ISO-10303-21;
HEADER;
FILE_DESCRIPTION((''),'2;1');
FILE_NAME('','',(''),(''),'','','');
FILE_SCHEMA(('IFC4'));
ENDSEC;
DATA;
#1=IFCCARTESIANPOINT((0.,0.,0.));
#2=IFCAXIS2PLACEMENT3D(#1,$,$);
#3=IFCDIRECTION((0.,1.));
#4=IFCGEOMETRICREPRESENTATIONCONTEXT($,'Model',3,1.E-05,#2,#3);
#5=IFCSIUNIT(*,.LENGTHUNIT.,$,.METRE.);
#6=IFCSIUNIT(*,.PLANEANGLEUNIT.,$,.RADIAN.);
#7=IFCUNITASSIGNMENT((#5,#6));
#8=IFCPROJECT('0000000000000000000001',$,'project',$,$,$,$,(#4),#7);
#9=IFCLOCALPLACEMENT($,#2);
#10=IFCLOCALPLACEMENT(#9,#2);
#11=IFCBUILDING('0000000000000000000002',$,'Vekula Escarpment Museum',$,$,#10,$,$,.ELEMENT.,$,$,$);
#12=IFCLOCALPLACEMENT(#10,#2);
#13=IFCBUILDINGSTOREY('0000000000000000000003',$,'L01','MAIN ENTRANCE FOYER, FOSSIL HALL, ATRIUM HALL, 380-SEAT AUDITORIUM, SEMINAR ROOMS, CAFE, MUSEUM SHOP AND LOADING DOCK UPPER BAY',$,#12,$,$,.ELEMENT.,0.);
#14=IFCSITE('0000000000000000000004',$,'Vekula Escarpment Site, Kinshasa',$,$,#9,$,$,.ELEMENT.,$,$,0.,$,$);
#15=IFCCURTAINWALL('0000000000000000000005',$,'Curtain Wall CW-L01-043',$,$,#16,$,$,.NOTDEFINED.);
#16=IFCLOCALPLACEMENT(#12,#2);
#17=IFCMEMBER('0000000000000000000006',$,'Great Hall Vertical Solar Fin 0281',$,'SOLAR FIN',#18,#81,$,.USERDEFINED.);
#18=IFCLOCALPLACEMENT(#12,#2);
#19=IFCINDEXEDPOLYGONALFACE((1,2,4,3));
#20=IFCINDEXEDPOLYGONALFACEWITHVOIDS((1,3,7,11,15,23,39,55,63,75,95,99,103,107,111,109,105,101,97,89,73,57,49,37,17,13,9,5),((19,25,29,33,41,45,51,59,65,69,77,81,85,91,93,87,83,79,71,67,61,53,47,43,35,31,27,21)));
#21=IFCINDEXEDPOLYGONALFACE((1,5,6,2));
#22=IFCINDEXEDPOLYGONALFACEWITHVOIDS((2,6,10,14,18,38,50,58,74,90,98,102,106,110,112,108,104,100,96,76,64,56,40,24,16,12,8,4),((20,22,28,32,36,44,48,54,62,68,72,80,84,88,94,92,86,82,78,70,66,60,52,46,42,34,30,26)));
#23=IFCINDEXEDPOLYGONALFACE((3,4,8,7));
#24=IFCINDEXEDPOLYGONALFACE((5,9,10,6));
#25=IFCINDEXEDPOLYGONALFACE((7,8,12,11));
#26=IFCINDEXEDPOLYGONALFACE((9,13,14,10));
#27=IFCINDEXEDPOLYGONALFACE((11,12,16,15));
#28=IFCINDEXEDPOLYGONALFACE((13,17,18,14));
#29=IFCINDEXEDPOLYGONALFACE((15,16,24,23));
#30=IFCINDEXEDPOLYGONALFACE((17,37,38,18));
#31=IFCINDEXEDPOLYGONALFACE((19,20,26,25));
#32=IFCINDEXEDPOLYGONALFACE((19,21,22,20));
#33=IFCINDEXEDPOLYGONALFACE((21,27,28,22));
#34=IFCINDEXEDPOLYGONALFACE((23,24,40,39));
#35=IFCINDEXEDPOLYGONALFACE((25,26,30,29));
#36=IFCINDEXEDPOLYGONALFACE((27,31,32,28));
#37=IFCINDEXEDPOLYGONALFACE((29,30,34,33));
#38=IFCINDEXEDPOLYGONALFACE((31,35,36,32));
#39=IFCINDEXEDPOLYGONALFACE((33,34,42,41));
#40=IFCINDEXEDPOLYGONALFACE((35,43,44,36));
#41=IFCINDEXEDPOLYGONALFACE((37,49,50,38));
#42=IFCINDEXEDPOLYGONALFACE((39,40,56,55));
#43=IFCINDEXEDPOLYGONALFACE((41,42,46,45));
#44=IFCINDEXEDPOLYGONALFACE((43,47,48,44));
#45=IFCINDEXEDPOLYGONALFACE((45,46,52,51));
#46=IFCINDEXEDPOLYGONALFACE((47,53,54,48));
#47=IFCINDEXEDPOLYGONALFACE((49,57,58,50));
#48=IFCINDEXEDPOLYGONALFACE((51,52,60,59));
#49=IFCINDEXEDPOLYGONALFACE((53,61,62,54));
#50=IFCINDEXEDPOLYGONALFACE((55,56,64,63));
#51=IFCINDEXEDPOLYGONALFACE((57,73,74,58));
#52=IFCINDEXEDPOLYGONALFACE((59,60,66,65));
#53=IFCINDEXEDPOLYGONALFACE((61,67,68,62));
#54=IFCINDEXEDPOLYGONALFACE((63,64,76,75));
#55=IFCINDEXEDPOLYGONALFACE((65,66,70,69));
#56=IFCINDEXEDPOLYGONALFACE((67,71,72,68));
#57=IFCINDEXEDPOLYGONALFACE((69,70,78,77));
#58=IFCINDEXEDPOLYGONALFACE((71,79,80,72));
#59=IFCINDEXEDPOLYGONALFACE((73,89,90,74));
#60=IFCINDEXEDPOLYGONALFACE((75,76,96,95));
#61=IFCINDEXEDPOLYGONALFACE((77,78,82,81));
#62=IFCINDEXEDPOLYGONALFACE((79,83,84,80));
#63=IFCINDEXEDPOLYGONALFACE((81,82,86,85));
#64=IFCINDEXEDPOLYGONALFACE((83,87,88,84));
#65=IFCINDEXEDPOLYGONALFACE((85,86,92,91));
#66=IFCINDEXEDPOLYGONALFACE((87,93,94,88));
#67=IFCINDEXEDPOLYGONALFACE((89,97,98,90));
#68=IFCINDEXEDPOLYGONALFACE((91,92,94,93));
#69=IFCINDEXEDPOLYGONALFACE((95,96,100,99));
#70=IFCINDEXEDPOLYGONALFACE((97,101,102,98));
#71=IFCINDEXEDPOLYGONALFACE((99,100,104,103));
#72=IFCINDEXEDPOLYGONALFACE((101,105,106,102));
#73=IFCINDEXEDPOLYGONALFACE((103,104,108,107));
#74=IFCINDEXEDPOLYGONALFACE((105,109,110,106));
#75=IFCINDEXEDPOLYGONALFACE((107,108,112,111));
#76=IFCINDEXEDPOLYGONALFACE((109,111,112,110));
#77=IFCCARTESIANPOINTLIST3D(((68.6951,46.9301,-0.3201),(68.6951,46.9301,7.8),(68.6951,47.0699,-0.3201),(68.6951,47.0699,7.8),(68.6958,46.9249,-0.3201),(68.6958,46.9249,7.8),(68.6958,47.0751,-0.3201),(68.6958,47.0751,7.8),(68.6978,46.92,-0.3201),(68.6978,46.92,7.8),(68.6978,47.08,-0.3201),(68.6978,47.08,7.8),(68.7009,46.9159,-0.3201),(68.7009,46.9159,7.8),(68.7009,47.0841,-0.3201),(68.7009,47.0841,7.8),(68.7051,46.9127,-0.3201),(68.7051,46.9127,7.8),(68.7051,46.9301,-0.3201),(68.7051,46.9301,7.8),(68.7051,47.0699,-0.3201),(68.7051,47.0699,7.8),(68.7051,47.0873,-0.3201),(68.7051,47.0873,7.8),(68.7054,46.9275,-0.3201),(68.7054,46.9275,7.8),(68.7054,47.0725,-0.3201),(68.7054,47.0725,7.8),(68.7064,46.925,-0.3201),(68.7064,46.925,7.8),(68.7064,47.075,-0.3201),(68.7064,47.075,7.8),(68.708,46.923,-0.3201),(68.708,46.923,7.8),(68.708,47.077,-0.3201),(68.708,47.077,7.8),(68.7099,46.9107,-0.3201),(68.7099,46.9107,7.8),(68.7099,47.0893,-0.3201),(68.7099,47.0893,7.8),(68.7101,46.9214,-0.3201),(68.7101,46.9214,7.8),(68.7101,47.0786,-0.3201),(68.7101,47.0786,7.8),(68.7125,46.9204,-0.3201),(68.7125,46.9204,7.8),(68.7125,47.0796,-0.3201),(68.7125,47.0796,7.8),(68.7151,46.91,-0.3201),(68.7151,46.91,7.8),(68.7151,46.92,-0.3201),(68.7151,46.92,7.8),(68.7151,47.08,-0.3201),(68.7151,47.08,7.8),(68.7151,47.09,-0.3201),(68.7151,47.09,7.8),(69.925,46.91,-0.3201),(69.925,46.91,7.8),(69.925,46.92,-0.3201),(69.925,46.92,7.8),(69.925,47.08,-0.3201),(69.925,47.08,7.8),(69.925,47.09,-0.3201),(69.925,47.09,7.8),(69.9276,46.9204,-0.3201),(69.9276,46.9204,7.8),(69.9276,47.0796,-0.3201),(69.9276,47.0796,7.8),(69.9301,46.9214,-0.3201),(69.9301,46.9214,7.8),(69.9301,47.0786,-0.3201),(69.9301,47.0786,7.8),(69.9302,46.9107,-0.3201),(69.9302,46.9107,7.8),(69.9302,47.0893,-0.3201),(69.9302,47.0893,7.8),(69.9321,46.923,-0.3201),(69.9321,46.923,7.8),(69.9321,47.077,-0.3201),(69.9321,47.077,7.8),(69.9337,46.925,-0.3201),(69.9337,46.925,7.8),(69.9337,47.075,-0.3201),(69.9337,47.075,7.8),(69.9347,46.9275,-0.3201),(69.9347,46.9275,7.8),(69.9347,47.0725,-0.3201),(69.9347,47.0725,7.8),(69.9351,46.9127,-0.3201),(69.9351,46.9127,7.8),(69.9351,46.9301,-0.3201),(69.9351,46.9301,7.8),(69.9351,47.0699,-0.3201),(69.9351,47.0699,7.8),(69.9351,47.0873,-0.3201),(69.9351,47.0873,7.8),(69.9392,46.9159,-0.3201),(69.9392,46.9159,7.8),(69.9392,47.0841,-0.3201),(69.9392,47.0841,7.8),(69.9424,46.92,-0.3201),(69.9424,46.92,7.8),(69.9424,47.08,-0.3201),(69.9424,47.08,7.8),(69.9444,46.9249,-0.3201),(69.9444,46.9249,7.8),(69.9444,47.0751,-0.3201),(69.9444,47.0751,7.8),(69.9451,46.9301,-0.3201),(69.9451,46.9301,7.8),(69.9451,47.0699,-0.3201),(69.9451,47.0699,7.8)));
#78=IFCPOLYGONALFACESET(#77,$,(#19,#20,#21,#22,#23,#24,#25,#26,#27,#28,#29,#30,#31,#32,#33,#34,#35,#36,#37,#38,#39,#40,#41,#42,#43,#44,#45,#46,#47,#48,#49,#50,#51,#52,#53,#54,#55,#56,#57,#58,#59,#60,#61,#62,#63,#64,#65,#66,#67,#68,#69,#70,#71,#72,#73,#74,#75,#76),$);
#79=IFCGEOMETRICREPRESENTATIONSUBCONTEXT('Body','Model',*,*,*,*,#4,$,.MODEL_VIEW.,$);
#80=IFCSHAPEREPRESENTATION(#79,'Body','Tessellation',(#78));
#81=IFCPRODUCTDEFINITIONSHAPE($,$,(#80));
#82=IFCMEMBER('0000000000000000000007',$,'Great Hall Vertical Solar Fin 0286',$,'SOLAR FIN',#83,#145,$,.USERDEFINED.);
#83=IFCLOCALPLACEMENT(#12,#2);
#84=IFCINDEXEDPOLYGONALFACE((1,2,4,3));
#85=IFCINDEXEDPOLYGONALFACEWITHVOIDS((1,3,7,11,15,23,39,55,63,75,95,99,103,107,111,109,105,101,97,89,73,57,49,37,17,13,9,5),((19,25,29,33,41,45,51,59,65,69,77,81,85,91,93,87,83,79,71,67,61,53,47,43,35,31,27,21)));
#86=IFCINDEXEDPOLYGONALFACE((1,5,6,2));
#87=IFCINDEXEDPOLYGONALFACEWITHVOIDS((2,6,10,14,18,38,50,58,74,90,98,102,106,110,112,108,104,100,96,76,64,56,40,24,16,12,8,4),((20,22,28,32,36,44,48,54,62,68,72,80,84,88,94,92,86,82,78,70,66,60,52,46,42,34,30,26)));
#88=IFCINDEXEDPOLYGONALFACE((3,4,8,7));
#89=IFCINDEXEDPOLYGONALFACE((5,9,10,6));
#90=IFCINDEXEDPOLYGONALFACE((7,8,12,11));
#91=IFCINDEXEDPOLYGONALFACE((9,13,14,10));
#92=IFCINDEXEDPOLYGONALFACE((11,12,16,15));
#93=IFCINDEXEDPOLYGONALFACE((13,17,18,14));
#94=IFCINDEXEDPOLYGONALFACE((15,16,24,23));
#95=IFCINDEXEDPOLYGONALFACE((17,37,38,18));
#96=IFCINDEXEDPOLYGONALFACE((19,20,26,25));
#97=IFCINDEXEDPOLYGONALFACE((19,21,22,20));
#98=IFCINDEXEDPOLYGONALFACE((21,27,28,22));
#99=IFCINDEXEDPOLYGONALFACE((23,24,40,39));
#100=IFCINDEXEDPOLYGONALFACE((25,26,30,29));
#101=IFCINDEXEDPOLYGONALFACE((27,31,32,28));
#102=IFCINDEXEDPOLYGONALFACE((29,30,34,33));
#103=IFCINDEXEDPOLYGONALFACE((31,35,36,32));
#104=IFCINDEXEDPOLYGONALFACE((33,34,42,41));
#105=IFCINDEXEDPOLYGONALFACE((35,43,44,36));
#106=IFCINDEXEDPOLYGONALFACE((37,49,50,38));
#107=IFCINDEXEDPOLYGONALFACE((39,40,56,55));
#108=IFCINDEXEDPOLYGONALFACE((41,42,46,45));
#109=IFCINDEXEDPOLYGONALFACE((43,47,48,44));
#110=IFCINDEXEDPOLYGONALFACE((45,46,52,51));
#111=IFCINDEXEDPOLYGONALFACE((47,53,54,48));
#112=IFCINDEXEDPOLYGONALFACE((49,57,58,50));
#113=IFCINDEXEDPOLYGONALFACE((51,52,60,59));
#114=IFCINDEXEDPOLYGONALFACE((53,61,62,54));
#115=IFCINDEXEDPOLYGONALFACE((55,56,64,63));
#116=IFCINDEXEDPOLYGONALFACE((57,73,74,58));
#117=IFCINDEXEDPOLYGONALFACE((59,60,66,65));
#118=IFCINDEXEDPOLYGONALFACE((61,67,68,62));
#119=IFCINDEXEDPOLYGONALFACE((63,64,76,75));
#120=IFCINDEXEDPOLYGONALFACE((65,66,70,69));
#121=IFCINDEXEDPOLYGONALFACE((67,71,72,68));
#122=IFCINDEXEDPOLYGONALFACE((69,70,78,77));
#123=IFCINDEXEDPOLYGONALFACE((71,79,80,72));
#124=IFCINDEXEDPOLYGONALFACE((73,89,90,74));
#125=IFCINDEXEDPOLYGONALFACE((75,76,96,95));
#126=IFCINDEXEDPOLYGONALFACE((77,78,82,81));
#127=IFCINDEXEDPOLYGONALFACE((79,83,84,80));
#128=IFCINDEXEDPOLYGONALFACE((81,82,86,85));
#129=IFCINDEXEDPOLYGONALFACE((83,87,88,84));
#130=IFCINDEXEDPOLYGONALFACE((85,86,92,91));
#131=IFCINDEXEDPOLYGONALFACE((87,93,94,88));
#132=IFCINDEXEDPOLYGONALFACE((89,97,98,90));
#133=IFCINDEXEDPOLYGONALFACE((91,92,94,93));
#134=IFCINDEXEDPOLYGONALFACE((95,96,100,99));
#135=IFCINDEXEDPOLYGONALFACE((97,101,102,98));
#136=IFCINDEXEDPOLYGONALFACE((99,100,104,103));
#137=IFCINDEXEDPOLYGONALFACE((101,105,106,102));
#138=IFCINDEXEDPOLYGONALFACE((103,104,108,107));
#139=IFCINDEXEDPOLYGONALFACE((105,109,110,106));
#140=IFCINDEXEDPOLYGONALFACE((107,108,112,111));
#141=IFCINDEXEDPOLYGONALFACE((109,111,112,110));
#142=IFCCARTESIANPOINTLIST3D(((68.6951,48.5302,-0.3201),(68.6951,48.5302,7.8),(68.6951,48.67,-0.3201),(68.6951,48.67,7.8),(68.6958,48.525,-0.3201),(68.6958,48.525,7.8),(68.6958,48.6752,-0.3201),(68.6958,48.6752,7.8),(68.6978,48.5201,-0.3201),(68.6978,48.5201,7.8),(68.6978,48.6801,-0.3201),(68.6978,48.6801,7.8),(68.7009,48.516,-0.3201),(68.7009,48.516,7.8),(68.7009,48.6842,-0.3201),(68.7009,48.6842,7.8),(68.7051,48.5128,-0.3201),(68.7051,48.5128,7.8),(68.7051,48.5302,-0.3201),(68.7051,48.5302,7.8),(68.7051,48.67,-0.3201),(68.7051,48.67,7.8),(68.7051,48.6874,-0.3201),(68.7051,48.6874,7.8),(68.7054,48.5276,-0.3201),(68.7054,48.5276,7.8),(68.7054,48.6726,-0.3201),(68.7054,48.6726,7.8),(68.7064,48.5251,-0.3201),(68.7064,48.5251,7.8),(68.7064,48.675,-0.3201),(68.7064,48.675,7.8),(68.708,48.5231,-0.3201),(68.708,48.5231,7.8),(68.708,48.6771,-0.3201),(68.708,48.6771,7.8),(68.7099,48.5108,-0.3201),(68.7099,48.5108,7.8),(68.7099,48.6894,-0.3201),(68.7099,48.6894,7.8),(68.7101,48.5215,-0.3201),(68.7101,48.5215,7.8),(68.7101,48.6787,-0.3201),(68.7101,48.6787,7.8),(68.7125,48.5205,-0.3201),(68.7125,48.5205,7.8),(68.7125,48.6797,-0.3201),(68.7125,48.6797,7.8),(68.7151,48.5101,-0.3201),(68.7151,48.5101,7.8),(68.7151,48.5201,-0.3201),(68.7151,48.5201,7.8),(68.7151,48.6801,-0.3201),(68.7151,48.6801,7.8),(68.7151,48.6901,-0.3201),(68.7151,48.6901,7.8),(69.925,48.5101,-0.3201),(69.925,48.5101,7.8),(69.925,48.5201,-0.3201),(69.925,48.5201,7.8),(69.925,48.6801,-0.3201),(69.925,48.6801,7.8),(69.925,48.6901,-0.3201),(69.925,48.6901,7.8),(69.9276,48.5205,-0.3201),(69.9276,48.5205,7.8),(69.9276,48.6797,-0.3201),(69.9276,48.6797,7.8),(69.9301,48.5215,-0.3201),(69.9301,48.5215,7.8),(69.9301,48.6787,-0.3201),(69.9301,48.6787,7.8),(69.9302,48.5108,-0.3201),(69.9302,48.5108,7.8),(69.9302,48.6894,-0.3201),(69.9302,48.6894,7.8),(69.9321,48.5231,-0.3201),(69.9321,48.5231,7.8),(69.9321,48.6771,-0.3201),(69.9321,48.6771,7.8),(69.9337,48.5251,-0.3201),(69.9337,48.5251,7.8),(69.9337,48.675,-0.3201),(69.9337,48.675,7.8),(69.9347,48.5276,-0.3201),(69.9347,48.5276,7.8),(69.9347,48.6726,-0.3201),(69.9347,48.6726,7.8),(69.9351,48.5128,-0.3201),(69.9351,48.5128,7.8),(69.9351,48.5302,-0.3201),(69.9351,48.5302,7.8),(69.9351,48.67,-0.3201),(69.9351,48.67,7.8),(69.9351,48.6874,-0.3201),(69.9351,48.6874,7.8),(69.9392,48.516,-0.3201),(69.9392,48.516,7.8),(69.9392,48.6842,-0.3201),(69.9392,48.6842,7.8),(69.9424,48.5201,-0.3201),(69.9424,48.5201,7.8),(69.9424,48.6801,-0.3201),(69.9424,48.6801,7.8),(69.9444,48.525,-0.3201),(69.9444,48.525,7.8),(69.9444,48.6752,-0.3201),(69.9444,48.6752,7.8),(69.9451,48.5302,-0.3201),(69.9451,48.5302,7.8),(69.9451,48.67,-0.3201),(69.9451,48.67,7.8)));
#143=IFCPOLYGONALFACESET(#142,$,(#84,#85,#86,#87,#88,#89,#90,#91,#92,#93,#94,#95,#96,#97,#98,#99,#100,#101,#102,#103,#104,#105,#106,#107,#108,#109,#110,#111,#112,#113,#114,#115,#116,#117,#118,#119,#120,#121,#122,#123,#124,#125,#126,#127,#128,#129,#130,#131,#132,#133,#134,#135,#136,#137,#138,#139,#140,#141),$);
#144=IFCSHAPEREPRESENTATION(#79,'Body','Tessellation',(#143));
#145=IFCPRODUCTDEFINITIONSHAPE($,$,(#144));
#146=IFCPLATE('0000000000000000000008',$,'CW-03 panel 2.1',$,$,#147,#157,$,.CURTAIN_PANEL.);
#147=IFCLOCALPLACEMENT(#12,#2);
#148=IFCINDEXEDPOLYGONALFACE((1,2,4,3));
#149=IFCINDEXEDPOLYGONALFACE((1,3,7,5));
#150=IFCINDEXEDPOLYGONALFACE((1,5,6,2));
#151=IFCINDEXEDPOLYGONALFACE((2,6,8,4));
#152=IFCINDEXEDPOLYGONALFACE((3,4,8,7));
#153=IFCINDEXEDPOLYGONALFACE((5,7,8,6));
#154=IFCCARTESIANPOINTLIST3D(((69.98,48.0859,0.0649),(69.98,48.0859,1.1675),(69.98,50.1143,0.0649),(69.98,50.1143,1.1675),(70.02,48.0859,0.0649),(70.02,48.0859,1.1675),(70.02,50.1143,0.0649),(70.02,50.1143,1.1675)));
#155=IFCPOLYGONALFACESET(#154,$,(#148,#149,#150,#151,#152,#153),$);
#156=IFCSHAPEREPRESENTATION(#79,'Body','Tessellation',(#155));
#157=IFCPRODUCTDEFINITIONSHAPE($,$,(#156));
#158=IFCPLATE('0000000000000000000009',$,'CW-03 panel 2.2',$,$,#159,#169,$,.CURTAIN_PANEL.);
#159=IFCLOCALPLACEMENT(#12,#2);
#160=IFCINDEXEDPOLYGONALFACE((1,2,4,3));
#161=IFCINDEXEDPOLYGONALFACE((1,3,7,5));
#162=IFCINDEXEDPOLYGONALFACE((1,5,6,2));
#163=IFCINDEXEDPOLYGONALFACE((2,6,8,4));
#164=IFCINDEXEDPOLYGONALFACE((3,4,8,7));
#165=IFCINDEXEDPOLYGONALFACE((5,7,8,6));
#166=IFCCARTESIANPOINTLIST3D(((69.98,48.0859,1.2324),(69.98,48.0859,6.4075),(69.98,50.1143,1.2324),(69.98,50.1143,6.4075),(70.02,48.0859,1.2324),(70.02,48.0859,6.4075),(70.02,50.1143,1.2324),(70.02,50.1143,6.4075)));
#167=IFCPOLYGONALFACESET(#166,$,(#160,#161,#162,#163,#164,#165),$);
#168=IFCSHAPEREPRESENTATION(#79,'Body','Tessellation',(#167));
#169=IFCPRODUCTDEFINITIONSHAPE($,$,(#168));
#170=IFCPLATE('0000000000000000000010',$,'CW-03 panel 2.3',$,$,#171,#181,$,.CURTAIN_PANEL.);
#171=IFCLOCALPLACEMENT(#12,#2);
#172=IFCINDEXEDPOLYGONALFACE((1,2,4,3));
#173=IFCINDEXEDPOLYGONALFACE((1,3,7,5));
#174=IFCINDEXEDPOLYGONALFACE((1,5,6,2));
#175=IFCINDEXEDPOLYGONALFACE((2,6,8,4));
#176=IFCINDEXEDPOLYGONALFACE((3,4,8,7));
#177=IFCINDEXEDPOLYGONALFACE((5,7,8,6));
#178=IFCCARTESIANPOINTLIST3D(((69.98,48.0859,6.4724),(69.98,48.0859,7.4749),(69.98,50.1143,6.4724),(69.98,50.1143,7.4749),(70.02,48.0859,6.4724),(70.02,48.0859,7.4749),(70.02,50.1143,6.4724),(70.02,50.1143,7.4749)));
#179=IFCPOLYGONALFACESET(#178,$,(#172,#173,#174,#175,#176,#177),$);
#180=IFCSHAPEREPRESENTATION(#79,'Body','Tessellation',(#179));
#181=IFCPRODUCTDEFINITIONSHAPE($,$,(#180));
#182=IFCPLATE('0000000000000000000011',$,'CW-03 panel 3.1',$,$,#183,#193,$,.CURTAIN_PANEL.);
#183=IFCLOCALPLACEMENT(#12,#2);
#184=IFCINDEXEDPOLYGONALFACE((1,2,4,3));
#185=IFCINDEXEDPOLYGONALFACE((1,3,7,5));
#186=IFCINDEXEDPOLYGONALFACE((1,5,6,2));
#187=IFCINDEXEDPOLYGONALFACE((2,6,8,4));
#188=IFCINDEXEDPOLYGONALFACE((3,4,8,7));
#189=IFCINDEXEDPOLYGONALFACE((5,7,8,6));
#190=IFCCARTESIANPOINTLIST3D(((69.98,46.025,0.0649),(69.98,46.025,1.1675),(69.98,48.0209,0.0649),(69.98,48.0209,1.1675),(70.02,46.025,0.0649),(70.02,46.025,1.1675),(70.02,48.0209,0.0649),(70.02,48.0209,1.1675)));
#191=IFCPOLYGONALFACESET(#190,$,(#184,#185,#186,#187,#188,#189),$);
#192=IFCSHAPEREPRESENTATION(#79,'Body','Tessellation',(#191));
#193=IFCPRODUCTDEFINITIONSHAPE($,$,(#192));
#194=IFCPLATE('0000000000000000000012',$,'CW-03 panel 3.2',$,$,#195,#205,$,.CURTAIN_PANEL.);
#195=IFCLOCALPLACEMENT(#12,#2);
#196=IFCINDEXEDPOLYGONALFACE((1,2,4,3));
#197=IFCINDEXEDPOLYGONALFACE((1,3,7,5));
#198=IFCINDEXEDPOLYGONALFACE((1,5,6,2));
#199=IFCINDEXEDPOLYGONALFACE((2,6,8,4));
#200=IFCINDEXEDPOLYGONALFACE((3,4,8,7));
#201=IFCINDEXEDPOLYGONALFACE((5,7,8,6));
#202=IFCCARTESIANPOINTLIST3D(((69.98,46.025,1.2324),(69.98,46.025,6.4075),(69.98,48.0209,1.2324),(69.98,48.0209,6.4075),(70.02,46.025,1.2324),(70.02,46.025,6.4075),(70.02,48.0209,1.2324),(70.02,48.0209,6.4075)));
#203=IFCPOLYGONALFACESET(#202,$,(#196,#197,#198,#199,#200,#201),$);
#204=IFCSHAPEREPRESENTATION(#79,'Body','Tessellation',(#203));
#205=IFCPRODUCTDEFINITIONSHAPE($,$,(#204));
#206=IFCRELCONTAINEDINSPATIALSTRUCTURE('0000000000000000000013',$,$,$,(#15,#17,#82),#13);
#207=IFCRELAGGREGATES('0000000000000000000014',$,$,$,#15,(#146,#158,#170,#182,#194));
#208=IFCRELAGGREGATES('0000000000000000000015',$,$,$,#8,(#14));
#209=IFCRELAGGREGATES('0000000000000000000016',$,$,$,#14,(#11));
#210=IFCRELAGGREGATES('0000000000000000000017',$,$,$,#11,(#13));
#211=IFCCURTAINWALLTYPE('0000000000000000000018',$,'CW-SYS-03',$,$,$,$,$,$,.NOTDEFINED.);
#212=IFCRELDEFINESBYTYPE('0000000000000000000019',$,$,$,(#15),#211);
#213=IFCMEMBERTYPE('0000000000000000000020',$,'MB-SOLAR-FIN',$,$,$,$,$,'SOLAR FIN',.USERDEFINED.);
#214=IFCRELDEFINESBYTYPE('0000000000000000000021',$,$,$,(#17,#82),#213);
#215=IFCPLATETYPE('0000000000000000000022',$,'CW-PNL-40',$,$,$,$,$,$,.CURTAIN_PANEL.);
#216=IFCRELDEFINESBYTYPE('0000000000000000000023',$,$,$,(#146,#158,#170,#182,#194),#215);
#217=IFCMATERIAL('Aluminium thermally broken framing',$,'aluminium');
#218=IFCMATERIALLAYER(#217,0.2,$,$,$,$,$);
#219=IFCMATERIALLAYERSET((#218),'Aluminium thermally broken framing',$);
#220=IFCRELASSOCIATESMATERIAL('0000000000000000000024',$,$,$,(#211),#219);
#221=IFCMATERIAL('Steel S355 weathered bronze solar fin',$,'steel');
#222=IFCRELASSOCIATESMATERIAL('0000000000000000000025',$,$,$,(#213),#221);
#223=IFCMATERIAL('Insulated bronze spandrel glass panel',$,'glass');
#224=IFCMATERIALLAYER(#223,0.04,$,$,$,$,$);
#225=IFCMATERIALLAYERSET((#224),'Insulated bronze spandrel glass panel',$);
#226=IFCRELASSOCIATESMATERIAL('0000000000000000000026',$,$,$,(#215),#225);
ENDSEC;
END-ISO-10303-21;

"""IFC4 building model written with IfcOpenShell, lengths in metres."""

from ifc_helpers import new_model, si_unit, direction, frame, origin, origin_2d, place, context, subcontext, project, spatial, rectangle, hollow_rectangle, extrude, material, layer, layer_set, material_profile, profile_set, type_object, element, aggregate, save


model = new_model("IFC4")

# Units and contexts
model_context = context("Model", 3, precision=1e-05, world=origin(), true_north=direction((0.0, 1.0)))
body_context = subcontext(model_context, "Body", "Model", "MODEL_VIEW")
ifc_project = project(units=[si_unit("LENGTHUNIT", "METRE"), si_unit("PLANEANGLEUNIT", "RADIAN")], contexts=[model_context])

# Site, building, storey
site_placement = place(None, origin())
site = spatial("IfcSite", under=ifc_project, at=site_placement, Name="Vekula Escarpment Site, Kinshasa", CompositionType="ELEMENT", RefElevation=0.0)
building_placement = place(site_placement, origin())
building = spatial("IfcBuilding", under=site, at=building_placement, Name="Vekula Escarpment Museum", CompositionType="ELEMENT")
storey_placement = place(building_placement, origin())
storey = spatial("IfcBuildingStorey", under=building, at=storey_placement, Name="L01", Description="MAIN ENTRANCE FOYER, FOSSIL HALL, ATRIUM HALL, 380-SEAT AUDITORIUM, SEMINAR ROOMS, CAFE, MUSEUM SHOP AND LOADING DOCK UPPER BAY", CompositionType="ELEMENT", Elevation=0.0)

# Curtain wall
ifc_material_1 = material(Name="Aluminium thermally broken framing", Category="aluminium")
ifc_layer_1 = layer(ifc_material_1, 0.2)
ifc_layer_set_1 = layer_set([ifc_layer_1], Name="Aluminium thermally broken framing")
curtain_wall_type_1 = type_object("IfcCurtainWallType", Name="CW-SYS-03", PredefinedType="NOTDEFINED", material=ifc_layer_set_1)
curtain_wall_1_placement = place(storey_placement, origin())
curtain_wall_1 = element("IfcCurtainWall", 1, at=curtain_wall_1_placement, inside=storey, type_object=curtain_wall_type_1, Name="Curtain Wall CW-L01-043", PredefinedType="NOTDEFINED")

# Members
ifc_material_2 = material(Name="Steel S355 weathered bronze solar fin", Category="steel")
ifc_material_profile_1 = material_profile(ifc_material_2, hollow_rectangle(XDim=0.1799, YDim=1.25, WallThickness=0.01, InnerFilletRadius=0.01, OuterFilletRadius=0.02, at=origin_2d()), Name="RHS 1250x180x10")
ifc_profile_set_1 = profile_set([ifc_material_profile_1], Name="Steel S355 weathered bronze solar fin")
member_type_1 = type_object("IfcMemberType", Name="MB-SOLAR-FIN", ElementType="SOLAR FIN", PredefinedType="USERDEFINED", material=ifc_profile_set_1)
for number, where, z_axis, x_axis, name in (
    (2, (69.3201, 47.0, -0.3201), (0.0, 0.0, 1.0), (0.0, 1.0, 0.0), "Great Hall Vertical Solar Fin 0281"),
    (3, (69.3201, 48.6001, -0.3201), (0.0, 0.0, 1.0), (0.0, 1.0, 0.0), "Great Hall Vertical Solar Fin 0286"),
):
    element("IfcMember", number, at=place(storey_placement, frame(where, z_axis=z_axis, x_axis=x_axis)), inside=storey, type_object=member_type_1, Name=name, ObjectType="SOLAR FIN", PredefinedType="USERDEFINED", context=body_context, shape_type="SweptSolid", body=[
        extrude(hollow_rectangle(XDim=0.1799, YDim=1.25, WallThickness=0.01, InnerFilletRadius=0.01, OuterFilletRadius=0.02, at=origin_2d()), origin(), (0.0, 0.0, 1.0), 8.1201),
    ])

# Plates
ifc_material_3 = material(Name="Insulated bronze spandrel glass panel", Category="glass")
ifc_layer_2 = layer(ifc_material_3, 0.04)
ifc_layer_set_2 = layer_set([ifc_layer_2], Name="Insulated bronze spandrel glass panel")
plate_type = type_object("IfcPlateType", Name="CW-PNL-40", PredefinedType="CURTAIN_PANEL", material=ifc_layer_set_2)
plate_1_placement = place(storey_placement, frame((70.0, 49.1001, 0.0649), z_axis=(0.0, 0.0, 1.0), x_axis=(0.0, -1.0, 0.0)))
plate_1 = element("IfcPlate", 4, at=plate_1_placement, type_object=plate_type, Name="CW-03 panel 2.1", PredefinedType="CURTAIN_PANEL", context=body_context, shape_type="SweptSolid", body=[
    extrude(rectangle(XDim=2.0283, YDim=0.04, at=origin_2d()), origin(), (0.0, 0.0, 1.0), 1.1025),
])
plate_2_placement = place(storey_placement, frame((70.0, 49.1001, 1.2324), z_axis=(0.0, 0.0, 1.0), x_axis=(0.0, -1.0, 0.0)))
plate_2 = element("IfcPlate", 5, at=plate_2_placement, type_object=plate_type, Name="CW-03 panel 2.2", PredefinedType="CURTAIN_PANEL", context=body_context, shape_type="SweptSolid", body=[
    extrude(rectangle(XDim=2.0283, YDim=0.04, at=origin_2d()), origin(), (0.0, 0.0, 1.0), 5.175),
])
plate_3_placement = place(storey_placement, frame((70.0, 49.1001, 6.4724), z_axis=(0.0, 0.0, 1.0), x_axis=(0.0, -1.0, 0.0)))
plate_3 = element("IfcPlate", 6, at=plate_3_placement, type_object=plate_type, Name="CW-03 panel 2.3", PredefinedType="CURTAIN_PANEL", context=body_context, shape_type="SweptSolid", body=[
    extrude(rectangle(XDim=2.0283, YDim=0.04, at=origin_2d()), origin(), (0.0, 0.0, 1.0), 1.0024),
])
plate_4_placement = place(storey_placement, frame((70.0, 47.0229, 0.0649), z_axis=(0.0, 0.0, 1.0), x_axis=(0.0, -1.0, 0.0)))
plate_4 = element("IfcPlate", 7, at=plate_4_placement, type_object=plate_type, Name="CW-03 panel 3.1", PredefinedType="CURTAIN_PANEL", context=body_context, shape_type="SweptSolid", body=[
    extrude(rectangle(XDim=1.9958, YDim=0.04, at=origin_2d()), origin(), (0.0, 0.0, 1.0), 1.1025),
])
plate_5_placement = place(storey_placement, frame((70.0, 47.0229, 1.2324), z_axis=(0.0, 0.0, 1.0), x_axis=(0.0, -1.0, 0.0)))
plate_5 = element("IfcPlate", 8, at=plate_5_placement, type_object=plate_type, Name="CW-03 panel 3.2", PredefinedType="CURTAIN_PANEL", context=body_context, shape_type="SweptSolid", body=[
    extrude(rectangle(XDim=1.9958, YDim=0.04, at=origin_2d()), origin(), (0.0, 0.0, 1.0), 5.175),
])
aggregate(curtain_wall_1, [plate_1, plate_2, plate_3, plate_4, plate_5])

save(model, "model.ifc")
